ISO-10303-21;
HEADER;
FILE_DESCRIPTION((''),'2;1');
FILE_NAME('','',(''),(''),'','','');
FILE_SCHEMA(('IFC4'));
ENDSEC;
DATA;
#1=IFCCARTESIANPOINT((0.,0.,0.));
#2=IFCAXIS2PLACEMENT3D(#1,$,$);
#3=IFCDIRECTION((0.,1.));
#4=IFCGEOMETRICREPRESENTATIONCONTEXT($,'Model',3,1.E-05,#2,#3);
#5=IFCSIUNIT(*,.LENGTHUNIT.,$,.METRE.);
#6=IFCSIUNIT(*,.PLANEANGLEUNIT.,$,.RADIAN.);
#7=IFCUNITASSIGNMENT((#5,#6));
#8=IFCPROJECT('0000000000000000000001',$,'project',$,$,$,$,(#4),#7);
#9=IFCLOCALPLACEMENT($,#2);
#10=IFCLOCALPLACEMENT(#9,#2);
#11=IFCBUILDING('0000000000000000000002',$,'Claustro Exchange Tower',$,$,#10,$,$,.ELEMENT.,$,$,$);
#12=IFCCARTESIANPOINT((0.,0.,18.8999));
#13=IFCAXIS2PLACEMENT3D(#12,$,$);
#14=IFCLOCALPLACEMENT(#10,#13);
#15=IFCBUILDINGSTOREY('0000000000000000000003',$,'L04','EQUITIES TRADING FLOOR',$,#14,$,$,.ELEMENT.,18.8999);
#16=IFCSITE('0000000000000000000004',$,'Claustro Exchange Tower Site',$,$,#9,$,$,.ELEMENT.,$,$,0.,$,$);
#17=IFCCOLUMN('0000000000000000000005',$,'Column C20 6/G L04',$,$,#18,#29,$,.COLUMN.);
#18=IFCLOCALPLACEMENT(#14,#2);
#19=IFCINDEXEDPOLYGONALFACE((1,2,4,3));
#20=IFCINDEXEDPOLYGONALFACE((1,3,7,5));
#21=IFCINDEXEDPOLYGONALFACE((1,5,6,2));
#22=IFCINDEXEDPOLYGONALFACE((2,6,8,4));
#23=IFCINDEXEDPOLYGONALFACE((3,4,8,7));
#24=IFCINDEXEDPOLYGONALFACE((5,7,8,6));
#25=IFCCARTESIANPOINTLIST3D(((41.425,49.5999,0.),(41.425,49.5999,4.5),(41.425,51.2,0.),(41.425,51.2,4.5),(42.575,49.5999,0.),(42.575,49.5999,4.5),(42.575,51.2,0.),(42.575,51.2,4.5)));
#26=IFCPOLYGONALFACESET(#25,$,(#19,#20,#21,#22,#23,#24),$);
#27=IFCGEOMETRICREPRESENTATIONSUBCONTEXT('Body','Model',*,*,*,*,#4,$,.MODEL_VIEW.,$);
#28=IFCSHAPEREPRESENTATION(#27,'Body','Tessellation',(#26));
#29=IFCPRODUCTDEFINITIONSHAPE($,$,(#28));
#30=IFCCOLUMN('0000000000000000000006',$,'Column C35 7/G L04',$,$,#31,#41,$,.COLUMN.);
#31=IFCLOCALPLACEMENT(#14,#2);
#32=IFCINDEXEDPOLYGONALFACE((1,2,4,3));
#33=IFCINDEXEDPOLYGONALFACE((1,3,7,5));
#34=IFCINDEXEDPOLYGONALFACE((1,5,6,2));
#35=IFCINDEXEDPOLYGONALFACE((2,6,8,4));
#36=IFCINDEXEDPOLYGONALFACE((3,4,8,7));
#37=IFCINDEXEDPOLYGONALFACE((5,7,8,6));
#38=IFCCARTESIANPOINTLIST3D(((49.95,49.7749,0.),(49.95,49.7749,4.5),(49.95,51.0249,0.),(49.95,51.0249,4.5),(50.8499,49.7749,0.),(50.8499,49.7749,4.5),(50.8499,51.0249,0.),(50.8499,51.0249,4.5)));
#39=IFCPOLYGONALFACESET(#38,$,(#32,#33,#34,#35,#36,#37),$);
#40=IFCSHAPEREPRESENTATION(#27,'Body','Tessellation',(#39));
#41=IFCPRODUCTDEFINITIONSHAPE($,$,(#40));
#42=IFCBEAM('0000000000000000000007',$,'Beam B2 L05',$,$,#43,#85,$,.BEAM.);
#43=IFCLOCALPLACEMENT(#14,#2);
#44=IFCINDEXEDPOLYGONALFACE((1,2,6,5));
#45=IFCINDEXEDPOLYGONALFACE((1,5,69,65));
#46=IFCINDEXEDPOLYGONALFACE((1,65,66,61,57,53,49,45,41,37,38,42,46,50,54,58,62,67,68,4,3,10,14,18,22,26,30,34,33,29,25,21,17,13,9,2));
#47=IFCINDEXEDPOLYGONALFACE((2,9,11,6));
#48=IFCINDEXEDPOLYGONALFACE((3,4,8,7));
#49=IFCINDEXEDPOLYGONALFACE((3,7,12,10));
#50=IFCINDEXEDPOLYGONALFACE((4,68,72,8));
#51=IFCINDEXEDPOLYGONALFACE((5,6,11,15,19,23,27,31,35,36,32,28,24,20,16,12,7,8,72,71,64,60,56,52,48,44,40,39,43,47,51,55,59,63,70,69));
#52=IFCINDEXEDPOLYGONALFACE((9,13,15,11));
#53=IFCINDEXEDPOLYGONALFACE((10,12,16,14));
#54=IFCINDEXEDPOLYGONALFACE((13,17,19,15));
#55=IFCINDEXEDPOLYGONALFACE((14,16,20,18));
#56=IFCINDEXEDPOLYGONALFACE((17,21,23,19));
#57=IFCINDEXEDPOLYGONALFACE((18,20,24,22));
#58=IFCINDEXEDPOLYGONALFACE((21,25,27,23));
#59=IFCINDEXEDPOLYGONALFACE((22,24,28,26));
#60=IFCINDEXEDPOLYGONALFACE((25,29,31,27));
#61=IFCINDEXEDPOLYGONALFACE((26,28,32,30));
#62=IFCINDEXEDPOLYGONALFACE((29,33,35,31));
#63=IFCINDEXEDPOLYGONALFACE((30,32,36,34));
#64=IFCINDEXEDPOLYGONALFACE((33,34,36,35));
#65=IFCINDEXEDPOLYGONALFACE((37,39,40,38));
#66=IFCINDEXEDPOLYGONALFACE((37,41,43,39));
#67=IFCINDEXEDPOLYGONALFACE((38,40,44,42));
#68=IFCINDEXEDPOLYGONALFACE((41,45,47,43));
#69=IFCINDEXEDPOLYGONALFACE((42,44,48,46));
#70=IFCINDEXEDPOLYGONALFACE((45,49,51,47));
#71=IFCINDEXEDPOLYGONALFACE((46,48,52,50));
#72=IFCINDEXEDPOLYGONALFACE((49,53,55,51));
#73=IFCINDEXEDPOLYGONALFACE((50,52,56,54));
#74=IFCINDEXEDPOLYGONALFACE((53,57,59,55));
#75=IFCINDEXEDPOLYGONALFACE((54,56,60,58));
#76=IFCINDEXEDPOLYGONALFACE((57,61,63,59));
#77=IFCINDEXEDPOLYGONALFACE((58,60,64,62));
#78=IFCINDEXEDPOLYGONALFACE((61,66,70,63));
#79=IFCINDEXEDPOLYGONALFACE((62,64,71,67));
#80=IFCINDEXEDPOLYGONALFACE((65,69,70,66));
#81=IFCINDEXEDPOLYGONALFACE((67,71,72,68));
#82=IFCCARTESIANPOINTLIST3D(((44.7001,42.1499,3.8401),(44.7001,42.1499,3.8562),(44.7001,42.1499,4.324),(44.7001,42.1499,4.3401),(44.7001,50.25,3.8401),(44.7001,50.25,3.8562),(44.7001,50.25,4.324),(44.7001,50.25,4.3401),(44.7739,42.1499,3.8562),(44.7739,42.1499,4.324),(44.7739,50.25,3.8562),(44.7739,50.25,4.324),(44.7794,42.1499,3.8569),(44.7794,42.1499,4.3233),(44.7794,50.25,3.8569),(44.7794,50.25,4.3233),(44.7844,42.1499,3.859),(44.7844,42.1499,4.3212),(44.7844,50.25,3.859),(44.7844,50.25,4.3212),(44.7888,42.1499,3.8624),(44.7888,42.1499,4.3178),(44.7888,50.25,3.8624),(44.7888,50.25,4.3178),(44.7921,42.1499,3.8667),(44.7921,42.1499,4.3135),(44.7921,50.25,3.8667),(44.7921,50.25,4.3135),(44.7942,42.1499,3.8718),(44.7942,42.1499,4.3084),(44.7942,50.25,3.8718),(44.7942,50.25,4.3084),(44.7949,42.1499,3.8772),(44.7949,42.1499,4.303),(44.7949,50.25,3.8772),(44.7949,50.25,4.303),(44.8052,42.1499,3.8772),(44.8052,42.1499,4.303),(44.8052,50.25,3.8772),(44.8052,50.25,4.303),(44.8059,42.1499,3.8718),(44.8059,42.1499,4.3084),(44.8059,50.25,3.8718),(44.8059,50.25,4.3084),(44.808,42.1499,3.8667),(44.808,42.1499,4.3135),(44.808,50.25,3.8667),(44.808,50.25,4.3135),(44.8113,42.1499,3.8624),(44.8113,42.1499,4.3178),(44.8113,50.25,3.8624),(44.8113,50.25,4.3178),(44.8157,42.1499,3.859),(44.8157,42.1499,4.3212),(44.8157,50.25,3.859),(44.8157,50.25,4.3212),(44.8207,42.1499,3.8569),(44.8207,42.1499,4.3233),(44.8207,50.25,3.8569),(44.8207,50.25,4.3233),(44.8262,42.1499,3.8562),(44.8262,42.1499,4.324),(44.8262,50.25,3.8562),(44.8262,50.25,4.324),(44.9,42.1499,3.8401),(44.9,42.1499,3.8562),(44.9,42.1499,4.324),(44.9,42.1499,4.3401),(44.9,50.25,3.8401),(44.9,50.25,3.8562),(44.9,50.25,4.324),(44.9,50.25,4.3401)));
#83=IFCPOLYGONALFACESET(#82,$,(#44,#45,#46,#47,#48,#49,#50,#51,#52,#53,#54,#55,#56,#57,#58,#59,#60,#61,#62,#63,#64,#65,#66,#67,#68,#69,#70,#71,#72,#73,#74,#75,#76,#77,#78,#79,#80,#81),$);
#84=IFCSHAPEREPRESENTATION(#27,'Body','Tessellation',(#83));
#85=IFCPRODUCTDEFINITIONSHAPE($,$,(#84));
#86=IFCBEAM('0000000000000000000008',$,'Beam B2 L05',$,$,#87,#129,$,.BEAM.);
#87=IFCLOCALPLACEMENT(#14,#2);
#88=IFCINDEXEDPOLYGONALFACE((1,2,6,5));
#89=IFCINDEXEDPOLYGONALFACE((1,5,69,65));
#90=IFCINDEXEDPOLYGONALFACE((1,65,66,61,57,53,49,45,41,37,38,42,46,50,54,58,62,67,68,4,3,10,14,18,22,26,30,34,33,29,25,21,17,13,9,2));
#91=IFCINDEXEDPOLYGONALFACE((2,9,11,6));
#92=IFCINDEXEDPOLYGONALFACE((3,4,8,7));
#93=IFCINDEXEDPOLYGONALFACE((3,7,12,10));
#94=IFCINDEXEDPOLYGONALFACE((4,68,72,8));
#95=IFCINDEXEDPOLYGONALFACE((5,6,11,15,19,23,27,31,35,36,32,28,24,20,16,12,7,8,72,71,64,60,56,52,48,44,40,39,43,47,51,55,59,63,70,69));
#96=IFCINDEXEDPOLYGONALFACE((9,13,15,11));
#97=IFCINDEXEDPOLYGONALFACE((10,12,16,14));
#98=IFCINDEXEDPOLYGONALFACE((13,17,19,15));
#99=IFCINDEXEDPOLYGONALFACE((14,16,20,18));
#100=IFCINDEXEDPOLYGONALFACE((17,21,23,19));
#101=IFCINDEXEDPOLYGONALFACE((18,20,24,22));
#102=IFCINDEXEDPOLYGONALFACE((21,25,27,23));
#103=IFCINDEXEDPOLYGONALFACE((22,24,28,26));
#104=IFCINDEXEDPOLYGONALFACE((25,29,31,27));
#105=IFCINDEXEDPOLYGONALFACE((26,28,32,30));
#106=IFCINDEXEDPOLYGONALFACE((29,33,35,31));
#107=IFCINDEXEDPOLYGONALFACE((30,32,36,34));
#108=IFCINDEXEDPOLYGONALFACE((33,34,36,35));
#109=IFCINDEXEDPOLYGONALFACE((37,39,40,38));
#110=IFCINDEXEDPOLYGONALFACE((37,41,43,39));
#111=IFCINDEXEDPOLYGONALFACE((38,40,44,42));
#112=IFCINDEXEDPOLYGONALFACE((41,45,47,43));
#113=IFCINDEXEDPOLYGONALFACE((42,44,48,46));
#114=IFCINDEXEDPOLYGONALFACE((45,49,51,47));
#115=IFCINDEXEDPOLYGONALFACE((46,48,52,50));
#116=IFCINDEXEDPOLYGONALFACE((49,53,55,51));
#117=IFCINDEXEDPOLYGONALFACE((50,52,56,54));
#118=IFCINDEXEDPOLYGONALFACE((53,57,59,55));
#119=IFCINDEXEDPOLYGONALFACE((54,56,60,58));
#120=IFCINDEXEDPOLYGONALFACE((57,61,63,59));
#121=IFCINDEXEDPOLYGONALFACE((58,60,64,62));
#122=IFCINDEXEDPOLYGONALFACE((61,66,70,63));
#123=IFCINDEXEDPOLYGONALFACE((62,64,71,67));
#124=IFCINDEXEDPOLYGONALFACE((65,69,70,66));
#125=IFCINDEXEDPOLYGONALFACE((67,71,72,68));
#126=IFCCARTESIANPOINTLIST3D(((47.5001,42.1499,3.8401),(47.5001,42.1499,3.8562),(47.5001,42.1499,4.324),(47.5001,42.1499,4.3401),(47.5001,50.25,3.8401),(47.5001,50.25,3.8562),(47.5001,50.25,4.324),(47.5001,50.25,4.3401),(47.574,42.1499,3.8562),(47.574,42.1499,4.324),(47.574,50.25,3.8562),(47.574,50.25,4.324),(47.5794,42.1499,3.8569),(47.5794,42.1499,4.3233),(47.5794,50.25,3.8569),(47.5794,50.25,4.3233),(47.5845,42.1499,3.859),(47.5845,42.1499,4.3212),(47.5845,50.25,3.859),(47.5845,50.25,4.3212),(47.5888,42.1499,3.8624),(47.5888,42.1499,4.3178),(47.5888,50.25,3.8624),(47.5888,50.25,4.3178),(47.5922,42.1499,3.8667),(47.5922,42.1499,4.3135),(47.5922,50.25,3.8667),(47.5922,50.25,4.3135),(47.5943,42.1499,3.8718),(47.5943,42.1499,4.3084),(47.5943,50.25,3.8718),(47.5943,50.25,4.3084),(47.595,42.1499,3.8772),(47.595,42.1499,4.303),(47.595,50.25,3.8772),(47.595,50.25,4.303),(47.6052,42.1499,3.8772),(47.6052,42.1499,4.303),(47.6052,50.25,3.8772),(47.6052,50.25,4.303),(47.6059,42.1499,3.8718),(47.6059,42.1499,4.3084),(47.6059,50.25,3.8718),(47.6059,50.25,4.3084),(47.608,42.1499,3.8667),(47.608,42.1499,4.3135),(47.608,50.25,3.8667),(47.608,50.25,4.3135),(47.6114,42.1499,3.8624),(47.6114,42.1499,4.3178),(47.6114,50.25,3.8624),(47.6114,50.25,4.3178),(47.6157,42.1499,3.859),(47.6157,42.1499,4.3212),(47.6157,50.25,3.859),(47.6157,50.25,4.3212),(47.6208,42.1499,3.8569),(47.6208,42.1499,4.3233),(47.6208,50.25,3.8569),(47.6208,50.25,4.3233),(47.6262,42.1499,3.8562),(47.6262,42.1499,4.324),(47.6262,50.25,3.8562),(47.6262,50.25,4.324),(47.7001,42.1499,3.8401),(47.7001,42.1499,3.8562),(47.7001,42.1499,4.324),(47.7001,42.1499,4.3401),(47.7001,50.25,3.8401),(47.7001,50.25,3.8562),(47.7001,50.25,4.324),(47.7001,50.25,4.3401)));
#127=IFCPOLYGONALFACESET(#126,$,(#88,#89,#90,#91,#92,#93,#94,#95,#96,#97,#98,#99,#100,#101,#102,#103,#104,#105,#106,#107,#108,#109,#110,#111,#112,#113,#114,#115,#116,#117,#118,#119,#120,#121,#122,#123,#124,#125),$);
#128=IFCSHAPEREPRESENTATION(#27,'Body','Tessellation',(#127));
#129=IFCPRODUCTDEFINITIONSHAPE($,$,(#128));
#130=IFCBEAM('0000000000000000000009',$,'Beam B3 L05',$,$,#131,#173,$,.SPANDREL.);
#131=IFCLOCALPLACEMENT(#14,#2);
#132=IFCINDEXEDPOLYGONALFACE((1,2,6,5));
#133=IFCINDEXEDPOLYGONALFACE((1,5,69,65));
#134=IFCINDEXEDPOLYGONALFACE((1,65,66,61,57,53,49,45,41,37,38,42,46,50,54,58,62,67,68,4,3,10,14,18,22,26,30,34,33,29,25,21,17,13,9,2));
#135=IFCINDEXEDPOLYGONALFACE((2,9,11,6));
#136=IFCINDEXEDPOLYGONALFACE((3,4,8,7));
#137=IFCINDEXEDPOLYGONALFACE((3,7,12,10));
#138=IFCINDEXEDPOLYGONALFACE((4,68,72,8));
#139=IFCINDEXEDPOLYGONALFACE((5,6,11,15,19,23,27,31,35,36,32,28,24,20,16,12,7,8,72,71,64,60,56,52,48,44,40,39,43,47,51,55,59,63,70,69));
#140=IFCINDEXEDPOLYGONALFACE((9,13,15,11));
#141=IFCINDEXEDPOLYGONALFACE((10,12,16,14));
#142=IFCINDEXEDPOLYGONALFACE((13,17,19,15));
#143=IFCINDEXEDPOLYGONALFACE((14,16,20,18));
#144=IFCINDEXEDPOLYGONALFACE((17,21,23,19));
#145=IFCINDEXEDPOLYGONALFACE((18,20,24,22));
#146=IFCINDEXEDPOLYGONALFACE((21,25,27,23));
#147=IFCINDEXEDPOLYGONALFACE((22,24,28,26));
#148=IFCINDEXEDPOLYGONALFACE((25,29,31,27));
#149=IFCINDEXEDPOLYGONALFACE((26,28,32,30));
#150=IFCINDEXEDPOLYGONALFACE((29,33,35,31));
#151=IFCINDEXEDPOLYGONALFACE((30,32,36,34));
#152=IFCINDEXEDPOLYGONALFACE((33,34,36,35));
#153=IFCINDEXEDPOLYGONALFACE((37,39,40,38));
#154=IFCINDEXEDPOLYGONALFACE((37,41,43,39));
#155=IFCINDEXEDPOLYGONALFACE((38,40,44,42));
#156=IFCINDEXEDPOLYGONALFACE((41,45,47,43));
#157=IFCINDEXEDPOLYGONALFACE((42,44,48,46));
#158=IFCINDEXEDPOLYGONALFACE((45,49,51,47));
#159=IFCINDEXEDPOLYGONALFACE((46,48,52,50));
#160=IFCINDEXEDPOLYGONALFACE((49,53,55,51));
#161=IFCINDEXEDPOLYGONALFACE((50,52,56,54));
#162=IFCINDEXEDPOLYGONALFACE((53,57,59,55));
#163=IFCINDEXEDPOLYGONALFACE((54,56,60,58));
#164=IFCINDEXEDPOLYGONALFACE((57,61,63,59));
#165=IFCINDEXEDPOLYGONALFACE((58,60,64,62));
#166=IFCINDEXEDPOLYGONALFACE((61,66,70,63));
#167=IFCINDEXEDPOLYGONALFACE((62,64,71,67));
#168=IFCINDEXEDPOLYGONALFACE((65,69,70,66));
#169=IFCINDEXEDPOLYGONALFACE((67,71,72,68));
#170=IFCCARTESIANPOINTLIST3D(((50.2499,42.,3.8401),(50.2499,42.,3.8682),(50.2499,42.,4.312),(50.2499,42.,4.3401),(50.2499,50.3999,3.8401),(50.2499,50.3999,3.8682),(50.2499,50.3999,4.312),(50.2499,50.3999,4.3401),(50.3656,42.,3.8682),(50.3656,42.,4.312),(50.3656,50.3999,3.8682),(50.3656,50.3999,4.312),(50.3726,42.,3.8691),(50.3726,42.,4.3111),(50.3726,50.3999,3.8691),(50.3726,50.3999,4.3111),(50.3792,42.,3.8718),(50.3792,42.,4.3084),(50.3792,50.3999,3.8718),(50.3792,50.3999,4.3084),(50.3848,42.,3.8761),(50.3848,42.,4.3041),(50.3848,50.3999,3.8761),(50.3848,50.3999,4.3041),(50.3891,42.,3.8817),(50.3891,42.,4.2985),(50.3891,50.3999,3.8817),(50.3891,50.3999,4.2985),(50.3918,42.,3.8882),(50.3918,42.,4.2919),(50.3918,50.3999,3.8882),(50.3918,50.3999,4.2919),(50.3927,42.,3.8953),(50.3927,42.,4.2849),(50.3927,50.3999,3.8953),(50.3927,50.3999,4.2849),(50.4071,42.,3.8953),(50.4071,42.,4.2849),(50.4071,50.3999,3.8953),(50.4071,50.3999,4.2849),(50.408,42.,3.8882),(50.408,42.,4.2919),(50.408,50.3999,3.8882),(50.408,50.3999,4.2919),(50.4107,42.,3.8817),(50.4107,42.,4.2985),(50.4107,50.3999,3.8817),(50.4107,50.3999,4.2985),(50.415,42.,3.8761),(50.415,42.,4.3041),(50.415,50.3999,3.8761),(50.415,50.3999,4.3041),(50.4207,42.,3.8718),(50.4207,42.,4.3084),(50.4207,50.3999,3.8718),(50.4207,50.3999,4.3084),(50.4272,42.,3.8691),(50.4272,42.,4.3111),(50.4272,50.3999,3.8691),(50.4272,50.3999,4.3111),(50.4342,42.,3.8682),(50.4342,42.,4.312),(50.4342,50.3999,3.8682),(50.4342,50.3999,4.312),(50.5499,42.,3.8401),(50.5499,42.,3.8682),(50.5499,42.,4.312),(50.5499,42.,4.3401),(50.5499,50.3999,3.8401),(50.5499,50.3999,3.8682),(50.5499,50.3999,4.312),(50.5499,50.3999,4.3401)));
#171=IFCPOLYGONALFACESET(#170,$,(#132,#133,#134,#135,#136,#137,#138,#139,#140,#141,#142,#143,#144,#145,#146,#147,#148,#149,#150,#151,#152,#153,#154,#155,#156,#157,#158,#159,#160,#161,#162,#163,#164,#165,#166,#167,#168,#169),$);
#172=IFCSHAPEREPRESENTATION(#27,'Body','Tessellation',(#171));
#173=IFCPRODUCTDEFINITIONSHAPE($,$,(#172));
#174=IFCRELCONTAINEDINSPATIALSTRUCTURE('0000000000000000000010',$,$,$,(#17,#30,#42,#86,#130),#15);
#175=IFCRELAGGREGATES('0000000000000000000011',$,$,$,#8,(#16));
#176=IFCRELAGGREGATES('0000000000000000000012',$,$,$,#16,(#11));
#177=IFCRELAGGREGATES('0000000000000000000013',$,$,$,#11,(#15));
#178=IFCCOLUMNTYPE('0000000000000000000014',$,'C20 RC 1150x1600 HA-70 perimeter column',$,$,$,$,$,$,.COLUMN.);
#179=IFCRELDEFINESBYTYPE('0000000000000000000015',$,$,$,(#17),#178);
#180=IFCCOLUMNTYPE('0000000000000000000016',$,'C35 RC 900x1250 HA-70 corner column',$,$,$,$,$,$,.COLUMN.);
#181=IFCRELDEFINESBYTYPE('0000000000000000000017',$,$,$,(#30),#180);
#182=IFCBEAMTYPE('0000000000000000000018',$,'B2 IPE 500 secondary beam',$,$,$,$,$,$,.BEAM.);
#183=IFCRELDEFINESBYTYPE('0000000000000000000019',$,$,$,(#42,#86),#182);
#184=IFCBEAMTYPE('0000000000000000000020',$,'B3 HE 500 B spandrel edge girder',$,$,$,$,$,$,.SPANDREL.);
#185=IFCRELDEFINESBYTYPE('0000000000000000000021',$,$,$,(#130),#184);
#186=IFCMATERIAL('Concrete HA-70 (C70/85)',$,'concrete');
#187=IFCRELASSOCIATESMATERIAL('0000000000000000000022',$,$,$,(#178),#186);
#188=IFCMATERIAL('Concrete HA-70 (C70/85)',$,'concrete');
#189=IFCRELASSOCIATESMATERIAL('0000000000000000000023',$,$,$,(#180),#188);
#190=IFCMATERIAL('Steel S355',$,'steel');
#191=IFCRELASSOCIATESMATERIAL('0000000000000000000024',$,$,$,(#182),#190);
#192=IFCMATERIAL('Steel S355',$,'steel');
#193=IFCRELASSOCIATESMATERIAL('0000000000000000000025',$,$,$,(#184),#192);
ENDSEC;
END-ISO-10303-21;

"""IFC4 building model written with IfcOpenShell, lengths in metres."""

from ifc_helpers import new_model, si_unit, direction, frame, origin, origin_2d, place, context, subcontext, project, spatial, rectangle, i_section, extrude, material, material_profile, profile_set, type_object, element, save


model = new_model("IFC4")

# Units and contexts
model_context = context("Model", 3, precision=1e-05, world=origin(), true_north=direction((0.0, 1.0)))
body_context = subcontext(model_context, "Body", "Model", "MODEL_VIEW")
ifc_project = project(units=[si_unit("LENGTHUNIT", "METRE"), si_unit("PLANEANGLEUNIT", "RADIAN")], contexts=[model_context])

# Site, building, storey
site_placement = place(None, origin())
site = spatial("IfcSite", under=ifc_project, at=site_placement, Name="Claustro Exchange Tower Site", CompositionType="ELEMENT", RefElevation=0.0)
building_placement = place(site_placement, origin())
building = spatial("IfcBuilding", under=site, at=building_placement, Name="Claustro Exchange Tower", CompositionType="ELEMENT")
storey_placement = place(building_placement, frame((0.0, 0.0, 18.8999)))
storey = spatial("IfcBuildingStorey", under=building, at=storey_placement, Name="L04", Description="EQUITIES TRADING FLOOR", CompositionType="ELEMENT", Elevation=18.8999)

# Columns
ifc_material_1 = material(Name="Concrete HA-70 (C70/85)", Category="concrete")
ifc_material_profile_1 = material_profile(ifc_material_1, rectangle(XDim=1.1499, YDim=1.6001, at=origin_2d()), Name="RC 1150x1600")
ifc_profile_set_1 = profile_set([ifc_material_profile_1], Name="Concrete HA-70 (C70/85)")
column_type_1 = type_object("IfcColumnType", Name="C20 RC 1150x1600 HA-70 perimeter column", PredefinedType="COLUMN", material=ifc_profile_set_1)
column_1_placement = place(storey_placement, frame((42.0, 50.3999, 0.0), z_axis=(0.0, 0.0, 1.0), x_axis=(1.0, 0.0, 0.0)))
element("IfcColumn", 1, at=column_1_placement, inside=storey, type_object=column_type_1, Name="Column C20 6/G L04", PredefinedType="COLUMN", context=body_context, shape_type="SweptSolid", body=[
    extrude(rectangle(XDim=1.1499, YDim=1.6001, at=origin_2d()), origin(), (0.0, 0.0, 1.0), 4.5),
])
ifc_material_2 = material(Name="Concrete HA-70 (C70/85)", Category="concrete")
ifc_material_profile_2 = material_profile(ifc_material_2, rectangle(XDim=0.8999, YDim=1.25, at=origin_2d()), Name="RC 900x1250")
ifc_profile_set_2 = profile_set([ifc_material_profile_2], Name="Concrete HA-70 (C70/85)")
column_type_2 = type_object("IfcColumnType", Name="C35 RC 900x1250 HA-70 corner column", PredefinedType="COLUMN", material=ifc_profile_set_2)
column_2_placement = place(storey_placement, frame((50.3999, 50.3999, 0.0), z_axis=(0.0, 0.0, 1.0), x_axis=(1.0, 0.0, 0.0)))
element("IfcColumn", 2, at=column_2_placement, inside=storey, type_object=column_type_2, Name="Column C35 7/G L04", PredefinedType="COLUMN", context=body_context, shape_type="SweptSolid", body=[
    extrude(rectangle(XDim=0.8999, YDim=1.25, at=origin_2d()), origin(), (0.0, 0.0, 1.0), 4.5),
])

# Beams
ifc_material_3 = material(Name="Steel S355", Category="steel")
ifc_material_profile_3 = material_profile(ifc_material_3, i_section(OverallWidth=0.2, OverallDepth=0.5, WebThickness=0.0103, FlangeThickness=0.0161, FilletRadius=0.021, at=origin_2d()), Name="IPE 500")
ifc_profile_set_3 = profile_set([ifc_material_profile_3], Name="Steel S355")
beam_type_1 = type_object("IfcBeamType", Name="B2 IPE 500 secondary beam", PredefinedType="BEAM", material=ifc_profile_set_3)
for number, where, z_axis, x_axis, name in (
    (3, (44.8, 42.1499, 4.0901), (0.0, 1.0, 0.0), (-1.0, 0.0, 0.0), "Beam B2 L05"),
    (4, (47.6001, 42.1499, 4.0901), (0.0, 1.0, 0.0), (-1.0, 0.0, 0.0), "Beam B2 L05"),
):
    element("IfcBeam", number, at=place(storey_placement, frame(where, z_axis=z_axis, x_axis=x_axis)), inside=storey, type_object=beam_type_1, Name=name, PredefinedType="BEAM", context=body_context, shape_type="SweptSolid", body=[
        extrude(i_section(OverallWidth=0.2, OverallDepth=0.5, WebThickness=0.0103, FlangeThickness=0.0161, FilletRadius=0.021, at=origin_2d()), origin(), (0.0, 0.0, 1.0), 8.1001),
    ])
ifc_material_4 = material(Name="Steel S355", Category="steel")
ifc_material_profile_4 = material_profile(ifc_material_4, i_section(OverallWidth=0.3, OverallDepth=0.5, WebThickness=0.0144, FlangeThickness=0.0281, FilletRadius=0.0271, at=origin_2d()), Name="HE 500 B")
ifc_profile_set_4 = profile_set([ifc_material_profile_4], Name="Steel S355")
beam_type_2 = type_object("IfcBeamType", Name="B3 HE 500 B spandrel edge girder", PredefinedType="SPANDREL", material=ifc_profile_set_4)
for number, where, z_axis, x_axis, name in (
    (5, (50.3999, 42.0, 4.0901), (0.0, 1.0, 0.0), (-1.0, 0.0, 0.0), "Beam B3 L05"),
):
    element("IfcBeam", number, at=place(storey_placement, frame(where, z_axis=z_axis, x_axis=x_axis)), inside=storey, type_object=beam_type_2, Name=name, PredefinedType="SPANDREL", context=body_context, shape_type="SweptSolid", body=[
        extrude(i_section(OverallWidth=0.3, OverallDepth=0.5, WebThickness=0.0144, FlangeThickness=0.0281, FilletRadius=0.0271, at=origin_2d()), origin(), (0.0, 0.0, 1.0), 8.3999),
    ])

save(model, "model.ifc")
